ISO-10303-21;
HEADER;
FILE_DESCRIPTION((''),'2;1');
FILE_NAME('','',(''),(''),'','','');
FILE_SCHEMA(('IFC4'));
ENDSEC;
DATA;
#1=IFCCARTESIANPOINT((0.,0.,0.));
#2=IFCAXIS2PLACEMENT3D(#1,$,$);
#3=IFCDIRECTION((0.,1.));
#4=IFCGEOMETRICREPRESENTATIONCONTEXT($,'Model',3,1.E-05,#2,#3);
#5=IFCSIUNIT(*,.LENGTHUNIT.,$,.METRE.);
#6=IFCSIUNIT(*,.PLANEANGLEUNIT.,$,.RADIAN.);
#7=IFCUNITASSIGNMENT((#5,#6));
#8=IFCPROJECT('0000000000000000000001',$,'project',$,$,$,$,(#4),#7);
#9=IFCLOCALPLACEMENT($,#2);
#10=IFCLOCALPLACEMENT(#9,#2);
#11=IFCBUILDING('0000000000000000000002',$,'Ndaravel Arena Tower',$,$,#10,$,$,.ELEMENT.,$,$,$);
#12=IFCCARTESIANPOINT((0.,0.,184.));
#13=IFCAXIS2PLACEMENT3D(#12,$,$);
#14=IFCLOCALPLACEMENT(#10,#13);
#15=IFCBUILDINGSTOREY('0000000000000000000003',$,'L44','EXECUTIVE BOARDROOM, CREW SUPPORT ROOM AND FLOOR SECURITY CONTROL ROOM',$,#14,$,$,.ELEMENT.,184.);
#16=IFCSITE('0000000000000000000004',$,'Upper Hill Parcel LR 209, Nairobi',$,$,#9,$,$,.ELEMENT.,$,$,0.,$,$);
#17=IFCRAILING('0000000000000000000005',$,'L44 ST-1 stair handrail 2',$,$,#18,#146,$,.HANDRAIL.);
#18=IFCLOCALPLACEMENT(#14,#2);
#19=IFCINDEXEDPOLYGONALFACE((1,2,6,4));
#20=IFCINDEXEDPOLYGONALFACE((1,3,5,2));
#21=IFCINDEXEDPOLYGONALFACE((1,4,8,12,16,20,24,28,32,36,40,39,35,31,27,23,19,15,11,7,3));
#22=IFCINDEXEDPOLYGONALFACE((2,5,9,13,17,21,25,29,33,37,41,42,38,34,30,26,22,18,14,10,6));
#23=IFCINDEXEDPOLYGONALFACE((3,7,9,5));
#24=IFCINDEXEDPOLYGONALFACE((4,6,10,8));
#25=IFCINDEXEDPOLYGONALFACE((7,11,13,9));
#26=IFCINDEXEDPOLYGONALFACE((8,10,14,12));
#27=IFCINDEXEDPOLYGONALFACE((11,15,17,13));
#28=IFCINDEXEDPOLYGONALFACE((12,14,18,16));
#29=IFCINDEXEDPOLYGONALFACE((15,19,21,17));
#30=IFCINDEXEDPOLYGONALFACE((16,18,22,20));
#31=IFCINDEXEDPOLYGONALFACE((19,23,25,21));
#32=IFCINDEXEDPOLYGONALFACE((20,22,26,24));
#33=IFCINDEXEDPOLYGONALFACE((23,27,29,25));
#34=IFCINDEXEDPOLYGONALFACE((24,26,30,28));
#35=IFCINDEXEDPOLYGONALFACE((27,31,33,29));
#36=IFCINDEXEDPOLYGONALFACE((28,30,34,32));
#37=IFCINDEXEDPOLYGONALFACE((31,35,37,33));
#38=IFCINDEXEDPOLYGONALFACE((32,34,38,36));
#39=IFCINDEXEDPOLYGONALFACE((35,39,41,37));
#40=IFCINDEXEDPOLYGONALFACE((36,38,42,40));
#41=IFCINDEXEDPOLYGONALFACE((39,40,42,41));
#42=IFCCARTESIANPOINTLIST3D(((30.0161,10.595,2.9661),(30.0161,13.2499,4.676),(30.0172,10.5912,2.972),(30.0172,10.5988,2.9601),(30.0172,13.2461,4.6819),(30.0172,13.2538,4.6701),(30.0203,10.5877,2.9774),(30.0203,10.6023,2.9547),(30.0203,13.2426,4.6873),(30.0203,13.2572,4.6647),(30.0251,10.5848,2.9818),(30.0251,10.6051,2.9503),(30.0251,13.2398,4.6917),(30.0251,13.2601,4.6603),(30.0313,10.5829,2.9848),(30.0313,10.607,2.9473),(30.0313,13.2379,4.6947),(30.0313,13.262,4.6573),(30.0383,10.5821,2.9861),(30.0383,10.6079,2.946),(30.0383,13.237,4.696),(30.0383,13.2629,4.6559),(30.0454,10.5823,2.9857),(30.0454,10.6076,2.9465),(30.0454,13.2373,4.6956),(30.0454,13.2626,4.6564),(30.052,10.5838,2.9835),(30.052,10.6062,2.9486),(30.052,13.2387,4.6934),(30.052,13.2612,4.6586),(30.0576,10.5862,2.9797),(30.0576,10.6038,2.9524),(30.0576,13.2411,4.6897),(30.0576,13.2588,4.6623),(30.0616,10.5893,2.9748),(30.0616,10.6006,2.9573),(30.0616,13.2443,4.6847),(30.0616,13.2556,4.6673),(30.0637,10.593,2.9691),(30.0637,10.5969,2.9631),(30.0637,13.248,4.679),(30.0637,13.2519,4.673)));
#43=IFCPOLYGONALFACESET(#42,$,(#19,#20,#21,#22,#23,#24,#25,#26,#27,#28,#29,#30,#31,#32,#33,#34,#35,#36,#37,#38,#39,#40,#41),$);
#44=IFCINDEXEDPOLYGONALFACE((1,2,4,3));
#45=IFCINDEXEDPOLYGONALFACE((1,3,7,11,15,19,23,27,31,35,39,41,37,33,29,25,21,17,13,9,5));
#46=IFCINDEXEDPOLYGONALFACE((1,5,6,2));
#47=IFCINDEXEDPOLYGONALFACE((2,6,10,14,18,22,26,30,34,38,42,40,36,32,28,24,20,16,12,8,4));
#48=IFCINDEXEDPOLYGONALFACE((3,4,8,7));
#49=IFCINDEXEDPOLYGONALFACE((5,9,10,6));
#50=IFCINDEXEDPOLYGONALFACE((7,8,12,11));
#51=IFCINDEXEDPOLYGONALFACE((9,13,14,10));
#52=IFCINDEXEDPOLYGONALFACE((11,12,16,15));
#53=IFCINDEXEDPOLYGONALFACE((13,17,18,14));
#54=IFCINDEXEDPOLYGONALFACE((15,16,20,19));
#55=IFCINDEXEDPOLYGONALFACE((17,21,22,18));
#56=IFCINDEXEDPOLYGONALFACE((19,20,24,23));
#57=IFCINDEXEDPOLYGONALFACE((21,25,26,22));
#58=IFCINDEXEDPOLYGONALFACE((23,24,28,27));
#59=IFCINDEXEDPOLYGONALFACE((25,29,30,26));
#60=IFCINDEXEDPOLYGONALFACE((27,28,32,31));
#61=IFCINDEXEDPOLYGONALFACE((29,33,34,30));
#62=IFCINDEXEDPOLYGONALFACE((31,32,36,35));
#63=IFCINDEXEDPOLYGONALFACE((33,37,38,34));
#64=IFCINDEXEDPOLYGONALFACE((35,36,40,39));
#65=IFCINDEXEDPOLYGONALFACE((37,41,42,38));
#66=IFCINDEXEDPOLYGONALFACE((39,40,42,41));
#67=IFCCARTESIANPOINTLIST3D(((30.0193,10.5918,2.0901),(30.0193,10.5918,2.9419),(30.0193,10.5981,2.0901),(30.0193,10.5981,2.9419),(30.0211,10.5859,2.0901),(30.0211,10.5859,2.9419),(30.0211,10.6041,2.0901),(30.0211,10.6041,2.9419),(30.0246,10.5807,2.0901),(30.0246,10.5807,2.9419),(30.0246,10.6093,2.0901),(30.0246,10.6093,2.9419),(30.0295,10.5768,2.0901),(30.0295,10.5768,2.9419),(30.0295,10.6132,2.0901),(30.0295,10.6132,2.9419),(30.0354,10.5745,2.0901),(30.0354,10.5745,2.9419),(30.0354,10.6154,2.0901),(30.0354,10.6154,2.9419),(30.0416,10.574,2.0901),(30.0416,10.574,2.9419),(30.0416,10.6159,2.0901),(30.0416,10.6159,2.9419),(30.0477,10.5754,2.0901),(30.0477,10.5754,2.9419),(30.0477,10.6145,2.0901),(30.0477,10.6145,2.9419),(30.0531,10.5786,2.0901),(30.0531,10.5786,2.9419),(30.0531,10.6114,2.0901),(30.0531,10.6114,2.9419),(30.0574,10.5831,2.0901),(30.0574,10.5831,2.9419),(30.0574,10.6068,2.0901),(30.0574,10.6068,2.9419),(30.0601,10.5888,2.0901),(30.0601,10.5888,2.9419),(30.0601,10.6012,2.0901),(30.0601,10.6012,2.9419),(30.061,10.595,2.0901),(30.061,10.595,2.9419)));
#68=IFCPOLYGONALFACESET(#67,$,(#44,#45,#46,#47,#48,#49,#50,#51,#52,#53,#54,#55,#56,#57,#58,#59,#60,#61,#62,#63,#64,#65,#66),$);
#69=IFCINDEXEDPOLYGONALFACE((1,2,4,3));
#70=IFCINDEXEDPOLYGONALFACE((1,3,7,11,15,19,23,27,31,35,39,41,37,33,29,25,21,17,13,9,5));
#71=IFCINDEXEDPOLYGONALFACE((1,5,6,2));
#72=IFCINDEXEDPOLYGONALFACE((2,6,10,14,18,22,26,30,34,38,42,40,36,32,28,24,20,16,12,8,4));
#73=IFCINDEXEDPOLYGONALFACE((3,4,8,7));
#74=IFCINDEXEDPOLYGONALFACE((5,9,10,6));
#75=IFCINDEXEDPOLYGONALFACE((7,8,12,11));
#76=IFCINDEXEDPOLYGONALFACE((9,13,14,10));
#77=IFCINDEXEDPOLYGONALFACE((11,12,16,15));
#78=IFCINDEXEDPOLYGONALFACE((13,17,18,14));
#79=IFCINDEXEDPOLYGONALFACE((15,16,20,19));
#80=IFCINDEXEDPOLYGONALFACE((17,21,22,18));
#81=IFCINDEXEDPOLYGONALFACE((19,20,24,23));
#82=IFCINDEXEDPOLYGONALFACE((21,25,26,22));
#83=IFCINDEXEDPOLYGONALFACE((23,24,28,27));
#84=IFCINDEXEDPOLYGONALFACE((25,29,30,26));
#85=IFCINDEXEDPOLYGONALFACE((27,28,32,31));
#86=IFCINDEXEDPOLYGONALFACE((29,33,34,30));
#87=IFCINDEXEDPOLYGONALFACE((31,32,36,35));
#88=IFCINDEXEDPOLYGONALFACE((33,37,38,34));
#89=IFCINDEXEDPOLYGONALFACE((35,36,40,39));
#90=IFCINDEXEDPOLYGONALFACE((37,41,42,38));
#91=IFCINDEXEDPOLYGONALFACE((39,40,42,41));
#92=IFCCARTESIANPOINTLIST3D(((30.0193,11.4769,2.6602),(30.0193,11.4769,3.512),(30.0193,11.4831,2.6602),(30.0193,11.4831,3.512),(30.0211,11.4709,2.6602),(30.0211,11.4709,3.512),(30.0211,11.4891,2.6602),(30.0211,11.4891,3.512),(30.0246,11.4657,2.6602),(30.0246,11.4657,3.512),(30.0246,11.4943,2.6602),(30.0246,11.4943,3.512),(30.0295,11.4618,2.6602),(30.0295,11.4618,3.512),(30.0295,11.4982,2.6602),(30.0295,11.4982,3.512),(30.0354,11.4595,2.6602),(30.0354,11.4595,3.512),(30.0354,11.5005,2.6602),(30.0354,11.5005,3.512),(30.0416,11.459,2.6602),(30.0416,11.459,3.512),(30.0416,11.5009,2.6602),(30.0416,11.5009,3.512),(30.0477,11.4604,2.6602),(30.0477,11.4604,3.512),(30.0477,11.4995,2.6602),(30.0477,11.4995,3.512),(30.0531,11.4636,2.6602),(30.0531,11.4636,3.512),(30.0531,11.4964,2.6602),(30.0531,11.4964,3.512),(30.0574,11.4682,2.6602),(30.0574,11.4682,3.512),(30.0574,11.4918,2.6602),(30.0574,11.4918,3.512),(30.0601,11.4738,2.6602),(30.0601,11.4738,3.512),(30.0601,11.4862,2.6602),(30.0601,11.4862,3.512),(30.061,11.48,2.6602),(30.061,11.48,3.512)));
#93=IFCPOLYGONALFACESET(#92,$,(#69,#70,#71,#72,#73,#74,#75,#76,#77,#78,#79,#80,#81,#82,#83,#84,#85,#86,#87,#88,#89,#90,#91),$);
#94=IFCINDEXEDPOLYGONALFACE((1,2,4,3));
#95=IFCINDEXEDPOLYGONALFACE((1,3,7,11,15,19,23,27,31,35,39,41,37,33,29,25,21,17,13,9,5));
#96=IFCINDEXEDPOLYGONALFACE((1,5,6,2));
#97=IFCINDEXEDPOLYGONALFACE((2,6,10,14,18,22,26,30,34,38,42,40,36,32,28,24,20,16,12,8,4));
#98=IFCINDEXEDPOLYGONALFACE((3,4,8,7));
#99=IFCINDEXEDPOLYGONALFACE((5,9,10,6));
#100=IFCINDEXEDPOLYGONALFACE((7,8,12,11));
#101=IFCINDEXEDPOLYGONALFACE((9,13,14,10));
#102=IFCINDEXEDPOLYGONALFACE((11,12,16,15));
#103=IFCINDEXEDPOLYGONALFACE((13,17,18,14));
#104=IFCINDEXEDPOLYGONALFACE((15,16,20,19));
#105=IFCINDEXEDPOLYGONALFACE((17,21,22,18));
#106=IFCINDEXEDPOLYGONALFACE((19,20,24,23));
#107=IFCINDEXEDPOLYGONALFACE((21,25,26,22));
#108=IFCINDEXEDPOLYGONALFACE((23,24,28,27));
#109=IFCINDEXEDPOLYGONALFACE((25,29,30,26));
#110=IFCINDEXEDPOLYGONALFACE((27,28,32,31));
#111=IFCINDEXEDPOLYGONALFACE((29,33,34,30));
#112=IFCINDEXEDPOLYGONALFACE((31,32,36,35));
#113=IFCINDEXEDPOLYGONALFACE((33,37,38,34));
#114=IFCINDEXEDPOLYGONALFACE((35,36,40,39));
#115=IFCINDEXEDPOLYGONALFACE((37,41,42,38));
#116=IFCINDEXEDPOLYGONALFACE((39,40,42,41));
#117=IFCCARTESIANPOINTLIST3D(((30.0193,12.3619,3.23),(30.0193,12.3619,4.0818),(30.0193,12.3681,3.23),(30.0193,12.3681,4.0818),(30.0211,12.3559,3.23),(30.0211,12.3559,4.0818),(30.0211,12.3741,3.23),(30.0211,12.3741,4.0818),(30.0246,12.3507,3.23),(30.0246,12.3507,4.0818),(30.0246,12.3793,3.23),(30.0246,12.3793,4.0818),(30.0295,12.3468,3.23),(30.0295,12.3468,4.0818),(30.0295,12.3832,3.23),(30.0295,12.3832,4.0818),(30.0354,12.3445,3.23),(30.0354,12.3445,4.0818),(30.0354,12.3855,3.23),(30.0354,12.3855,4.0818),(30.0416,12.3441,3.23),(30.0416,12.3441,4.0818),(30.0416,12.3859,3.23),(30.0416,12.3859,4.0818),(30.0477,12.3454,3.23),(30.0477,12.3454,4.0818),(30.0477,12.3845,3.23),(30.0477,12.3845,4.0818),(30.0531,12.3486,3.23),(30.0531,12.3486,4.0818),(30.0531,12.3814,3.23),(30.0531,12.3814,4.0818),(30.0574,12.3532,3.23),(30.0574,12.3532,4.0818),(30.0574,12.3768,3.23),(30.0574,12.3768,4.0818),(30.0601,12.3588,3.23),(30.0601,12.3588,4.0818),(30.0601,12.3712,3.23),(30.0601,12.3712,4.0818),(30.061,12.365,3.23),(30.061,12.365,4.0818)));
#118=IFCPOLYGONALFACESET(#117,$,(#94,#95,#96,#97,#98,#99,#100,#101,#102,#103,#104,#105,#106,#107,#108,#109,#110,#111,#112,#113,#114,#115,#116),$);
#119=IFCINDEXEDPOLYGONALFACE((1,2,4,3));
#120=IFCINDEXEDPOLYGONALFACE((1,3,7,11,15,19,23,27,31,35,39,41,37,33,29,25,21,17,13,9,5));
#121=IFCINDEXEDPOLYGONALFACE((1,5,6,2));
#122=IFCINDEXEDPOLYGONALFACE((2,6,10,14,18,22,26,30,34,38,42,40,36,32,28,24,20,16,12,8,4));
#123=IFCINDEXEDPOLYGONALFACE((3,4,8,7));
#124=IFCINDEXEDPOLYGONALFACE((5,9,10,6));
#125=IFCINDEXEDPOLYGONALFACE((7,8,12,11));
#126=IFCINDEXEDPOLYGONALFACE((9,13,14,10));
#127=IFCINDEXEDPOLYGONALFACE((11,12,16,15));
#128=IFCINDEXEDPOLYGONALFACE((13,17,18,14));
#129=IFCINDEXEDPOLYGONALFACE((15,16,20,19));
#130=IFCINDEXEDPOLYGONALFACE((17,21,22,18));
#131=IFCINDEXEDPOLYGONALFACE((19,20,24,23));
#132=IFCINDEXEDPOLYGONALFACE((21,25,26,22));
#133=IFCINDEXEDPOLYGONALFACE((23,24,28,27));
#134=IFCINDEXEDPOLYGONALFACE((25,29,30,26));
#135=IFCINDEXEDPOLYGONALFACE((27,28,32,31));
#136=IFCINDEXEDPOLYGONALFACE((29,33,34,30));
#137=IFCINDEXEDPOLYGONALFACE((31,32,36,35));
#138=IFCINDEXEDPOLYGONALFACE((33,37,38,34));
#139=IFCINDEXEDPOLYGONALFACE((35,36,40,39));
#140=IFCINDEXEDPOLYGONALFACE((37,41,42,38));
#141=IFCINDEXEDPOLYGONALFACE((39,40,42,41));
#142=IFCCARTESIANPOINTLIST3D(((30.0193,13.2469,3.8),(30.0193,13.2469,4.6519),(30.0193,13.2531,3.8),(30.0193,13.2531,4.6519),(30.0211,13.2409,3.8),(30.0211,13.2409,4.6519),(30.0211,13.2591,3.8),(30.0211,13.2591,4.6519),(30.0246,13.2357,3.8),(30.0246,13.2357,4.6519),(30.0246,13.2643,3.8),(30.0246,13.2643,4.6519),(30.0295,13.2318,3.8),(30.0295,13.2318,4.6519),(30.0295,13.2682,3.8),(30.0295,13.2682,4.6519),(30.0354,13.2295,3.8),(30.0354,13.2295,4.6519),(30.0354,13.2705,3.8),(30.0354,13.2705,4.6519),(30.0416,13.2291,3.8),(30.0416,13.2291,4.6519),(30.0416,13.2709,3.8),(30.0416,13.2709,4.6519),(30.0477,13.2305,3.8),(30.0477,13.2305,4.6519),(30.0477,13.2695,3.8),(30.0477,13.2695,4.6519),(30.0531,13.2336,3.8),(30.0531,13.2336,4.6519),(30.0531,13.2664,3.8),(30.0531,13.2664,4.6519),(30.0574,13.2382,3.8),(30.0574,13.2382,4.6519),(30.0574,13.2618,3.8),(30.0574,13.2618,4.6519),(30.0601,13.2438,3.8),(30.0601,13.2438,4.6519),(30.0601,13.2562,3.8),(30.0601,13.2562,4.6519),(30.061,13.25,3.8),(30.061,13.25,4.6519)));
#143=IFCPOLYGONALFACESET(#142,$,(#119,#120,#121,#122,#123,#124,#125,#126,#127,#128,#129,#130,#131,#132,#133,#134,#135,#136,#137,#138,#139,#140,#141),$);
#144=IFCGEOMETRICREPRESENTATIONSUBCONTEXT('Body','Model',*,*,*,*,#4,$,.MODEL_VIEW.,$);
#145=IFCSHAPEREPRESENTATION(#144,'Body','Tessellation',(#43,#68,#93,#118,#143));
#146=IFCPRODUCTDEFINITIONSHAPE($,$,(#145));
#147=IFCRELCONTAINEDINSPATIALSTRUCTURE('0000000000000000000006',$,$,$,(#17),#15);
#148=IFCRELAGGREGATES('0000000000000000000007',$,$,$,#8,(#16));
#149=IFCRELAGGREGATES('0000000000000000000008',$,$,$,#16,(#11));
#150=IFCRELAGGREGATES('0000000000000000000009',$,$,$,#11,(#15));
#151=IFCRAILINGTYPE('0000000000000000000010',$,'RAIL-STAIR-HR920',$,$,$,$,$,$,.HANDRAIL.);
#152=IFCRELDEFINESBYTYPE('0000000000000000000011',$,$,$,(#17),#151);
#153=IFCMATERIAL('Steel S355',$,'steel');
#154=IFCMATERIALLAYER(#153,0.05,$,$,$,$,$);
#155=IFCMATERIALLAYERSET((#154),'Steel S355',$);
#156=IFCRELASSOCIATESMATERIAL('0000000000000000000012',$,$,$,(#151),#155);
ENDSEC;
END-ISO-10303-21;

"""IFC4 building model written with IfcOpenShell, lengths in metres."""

from ifc_helpers import new_model, si_unit, direction, frame, origin, origin_2d, place, context, subcontext, project, spatial, circle, extrude, material, layer, layer_set, type_object, element, save


model = new_model("IFC4")

# Units and contexts
model_context = context("Model", 3, precision=1e-05, world=origin(), true_north=direction((0.0, 1.0)))
body_context = subcontext(model_context, "Body", "Model", "MODEL_VIEW")
ifc_project = project(units=[si_unit("LENGTHUNIT", "METRE"), si_unit("PLANEANGLEUNIT", "RADIAN")], contexts=[model_context])

# Site, building, storey
site_placement = place(None, origin())
site = spatial("IfcSite", under=ifc_project, at=site_placement, Name="Upper Hill Parcel LR 209, Nairobi", CompositionType="ELEMENT", RefElevation=0.0)
building_placement = place(site_placement, origin())
building = spatial("IfcBuilding", under=site, at=building_placement, Name="Ndaravel Arena Tower", CompositionType="ELEMENT")
storey_placement = place(building_placement, frame((0.0, 0.0, 184.0)))
storey = spatial("IfcBuildingStorey", under=building, at=storey_placement, Name="L44", Description="EXECUTIVE BOARDROOM, CREW SUPPORT ROOM AND FLOOR SECURITY CONTROL ROOM", CompositionType="ELEMENT", Elevation=184.0)

# Railing
ifc_material_1 = material(Name="Steel S355", Category="steel")
ifc_layer_1 = layer(ifc_material_1, 0.05)
ifc_layer_set_1 = layer_set([ifc_layer_1], Name="Steel S355")
railing_type_1 = type_object("IfcRailingType", Name="RAIL-STAIR-HR920", PredefinedType="HANDRAIL", material=ifc_layer_set_1)
railing_1_placement = place(storey_placement, frame((30.04, 10.595, 2.0901)))
element("IfcRailing", 1, at=railing_1_placement, inside=storey, type_object=railing_type_1, Name="L44 ST-1 stair handrail 2", PredefinedType="HANDRAIL", context=body_context, shape_type="SweptSolid", body=[
    extrude(circle(Radius=0.0239, at=origin_2d()), frame((0.0, 0.0, 0.876), z_axis=(0.0, 0.840724, 0.541465), x_axis=(-1.0, 0.0, 0.0)), (0.0, 0.0, 1.0), 3.158),
    extrude(circle(Radius=0.021, at=origin_2d()), origin(), (0.0, 0.0, 1.0), 0.8518),
    extrude(circle(Radius=0.021, at=origin_2d()), frame((0.0, 0.885, 0.5701)), (0.0, 0.0, 1.0), 0.8518),
    extrude(circle(Radius=0.021, at=origin_2d()), frame((0.0, 1.77, 1.1399)), (0.0, 0.0, 1.0), 0.8518),
    extrude(circle(Radius=0.021, at=origin_2d()), frame((0.0, 2.655, 1.71)), (0.0, 0.0, 1.0), 0.8518),
])

save(model, "model.ifc")
